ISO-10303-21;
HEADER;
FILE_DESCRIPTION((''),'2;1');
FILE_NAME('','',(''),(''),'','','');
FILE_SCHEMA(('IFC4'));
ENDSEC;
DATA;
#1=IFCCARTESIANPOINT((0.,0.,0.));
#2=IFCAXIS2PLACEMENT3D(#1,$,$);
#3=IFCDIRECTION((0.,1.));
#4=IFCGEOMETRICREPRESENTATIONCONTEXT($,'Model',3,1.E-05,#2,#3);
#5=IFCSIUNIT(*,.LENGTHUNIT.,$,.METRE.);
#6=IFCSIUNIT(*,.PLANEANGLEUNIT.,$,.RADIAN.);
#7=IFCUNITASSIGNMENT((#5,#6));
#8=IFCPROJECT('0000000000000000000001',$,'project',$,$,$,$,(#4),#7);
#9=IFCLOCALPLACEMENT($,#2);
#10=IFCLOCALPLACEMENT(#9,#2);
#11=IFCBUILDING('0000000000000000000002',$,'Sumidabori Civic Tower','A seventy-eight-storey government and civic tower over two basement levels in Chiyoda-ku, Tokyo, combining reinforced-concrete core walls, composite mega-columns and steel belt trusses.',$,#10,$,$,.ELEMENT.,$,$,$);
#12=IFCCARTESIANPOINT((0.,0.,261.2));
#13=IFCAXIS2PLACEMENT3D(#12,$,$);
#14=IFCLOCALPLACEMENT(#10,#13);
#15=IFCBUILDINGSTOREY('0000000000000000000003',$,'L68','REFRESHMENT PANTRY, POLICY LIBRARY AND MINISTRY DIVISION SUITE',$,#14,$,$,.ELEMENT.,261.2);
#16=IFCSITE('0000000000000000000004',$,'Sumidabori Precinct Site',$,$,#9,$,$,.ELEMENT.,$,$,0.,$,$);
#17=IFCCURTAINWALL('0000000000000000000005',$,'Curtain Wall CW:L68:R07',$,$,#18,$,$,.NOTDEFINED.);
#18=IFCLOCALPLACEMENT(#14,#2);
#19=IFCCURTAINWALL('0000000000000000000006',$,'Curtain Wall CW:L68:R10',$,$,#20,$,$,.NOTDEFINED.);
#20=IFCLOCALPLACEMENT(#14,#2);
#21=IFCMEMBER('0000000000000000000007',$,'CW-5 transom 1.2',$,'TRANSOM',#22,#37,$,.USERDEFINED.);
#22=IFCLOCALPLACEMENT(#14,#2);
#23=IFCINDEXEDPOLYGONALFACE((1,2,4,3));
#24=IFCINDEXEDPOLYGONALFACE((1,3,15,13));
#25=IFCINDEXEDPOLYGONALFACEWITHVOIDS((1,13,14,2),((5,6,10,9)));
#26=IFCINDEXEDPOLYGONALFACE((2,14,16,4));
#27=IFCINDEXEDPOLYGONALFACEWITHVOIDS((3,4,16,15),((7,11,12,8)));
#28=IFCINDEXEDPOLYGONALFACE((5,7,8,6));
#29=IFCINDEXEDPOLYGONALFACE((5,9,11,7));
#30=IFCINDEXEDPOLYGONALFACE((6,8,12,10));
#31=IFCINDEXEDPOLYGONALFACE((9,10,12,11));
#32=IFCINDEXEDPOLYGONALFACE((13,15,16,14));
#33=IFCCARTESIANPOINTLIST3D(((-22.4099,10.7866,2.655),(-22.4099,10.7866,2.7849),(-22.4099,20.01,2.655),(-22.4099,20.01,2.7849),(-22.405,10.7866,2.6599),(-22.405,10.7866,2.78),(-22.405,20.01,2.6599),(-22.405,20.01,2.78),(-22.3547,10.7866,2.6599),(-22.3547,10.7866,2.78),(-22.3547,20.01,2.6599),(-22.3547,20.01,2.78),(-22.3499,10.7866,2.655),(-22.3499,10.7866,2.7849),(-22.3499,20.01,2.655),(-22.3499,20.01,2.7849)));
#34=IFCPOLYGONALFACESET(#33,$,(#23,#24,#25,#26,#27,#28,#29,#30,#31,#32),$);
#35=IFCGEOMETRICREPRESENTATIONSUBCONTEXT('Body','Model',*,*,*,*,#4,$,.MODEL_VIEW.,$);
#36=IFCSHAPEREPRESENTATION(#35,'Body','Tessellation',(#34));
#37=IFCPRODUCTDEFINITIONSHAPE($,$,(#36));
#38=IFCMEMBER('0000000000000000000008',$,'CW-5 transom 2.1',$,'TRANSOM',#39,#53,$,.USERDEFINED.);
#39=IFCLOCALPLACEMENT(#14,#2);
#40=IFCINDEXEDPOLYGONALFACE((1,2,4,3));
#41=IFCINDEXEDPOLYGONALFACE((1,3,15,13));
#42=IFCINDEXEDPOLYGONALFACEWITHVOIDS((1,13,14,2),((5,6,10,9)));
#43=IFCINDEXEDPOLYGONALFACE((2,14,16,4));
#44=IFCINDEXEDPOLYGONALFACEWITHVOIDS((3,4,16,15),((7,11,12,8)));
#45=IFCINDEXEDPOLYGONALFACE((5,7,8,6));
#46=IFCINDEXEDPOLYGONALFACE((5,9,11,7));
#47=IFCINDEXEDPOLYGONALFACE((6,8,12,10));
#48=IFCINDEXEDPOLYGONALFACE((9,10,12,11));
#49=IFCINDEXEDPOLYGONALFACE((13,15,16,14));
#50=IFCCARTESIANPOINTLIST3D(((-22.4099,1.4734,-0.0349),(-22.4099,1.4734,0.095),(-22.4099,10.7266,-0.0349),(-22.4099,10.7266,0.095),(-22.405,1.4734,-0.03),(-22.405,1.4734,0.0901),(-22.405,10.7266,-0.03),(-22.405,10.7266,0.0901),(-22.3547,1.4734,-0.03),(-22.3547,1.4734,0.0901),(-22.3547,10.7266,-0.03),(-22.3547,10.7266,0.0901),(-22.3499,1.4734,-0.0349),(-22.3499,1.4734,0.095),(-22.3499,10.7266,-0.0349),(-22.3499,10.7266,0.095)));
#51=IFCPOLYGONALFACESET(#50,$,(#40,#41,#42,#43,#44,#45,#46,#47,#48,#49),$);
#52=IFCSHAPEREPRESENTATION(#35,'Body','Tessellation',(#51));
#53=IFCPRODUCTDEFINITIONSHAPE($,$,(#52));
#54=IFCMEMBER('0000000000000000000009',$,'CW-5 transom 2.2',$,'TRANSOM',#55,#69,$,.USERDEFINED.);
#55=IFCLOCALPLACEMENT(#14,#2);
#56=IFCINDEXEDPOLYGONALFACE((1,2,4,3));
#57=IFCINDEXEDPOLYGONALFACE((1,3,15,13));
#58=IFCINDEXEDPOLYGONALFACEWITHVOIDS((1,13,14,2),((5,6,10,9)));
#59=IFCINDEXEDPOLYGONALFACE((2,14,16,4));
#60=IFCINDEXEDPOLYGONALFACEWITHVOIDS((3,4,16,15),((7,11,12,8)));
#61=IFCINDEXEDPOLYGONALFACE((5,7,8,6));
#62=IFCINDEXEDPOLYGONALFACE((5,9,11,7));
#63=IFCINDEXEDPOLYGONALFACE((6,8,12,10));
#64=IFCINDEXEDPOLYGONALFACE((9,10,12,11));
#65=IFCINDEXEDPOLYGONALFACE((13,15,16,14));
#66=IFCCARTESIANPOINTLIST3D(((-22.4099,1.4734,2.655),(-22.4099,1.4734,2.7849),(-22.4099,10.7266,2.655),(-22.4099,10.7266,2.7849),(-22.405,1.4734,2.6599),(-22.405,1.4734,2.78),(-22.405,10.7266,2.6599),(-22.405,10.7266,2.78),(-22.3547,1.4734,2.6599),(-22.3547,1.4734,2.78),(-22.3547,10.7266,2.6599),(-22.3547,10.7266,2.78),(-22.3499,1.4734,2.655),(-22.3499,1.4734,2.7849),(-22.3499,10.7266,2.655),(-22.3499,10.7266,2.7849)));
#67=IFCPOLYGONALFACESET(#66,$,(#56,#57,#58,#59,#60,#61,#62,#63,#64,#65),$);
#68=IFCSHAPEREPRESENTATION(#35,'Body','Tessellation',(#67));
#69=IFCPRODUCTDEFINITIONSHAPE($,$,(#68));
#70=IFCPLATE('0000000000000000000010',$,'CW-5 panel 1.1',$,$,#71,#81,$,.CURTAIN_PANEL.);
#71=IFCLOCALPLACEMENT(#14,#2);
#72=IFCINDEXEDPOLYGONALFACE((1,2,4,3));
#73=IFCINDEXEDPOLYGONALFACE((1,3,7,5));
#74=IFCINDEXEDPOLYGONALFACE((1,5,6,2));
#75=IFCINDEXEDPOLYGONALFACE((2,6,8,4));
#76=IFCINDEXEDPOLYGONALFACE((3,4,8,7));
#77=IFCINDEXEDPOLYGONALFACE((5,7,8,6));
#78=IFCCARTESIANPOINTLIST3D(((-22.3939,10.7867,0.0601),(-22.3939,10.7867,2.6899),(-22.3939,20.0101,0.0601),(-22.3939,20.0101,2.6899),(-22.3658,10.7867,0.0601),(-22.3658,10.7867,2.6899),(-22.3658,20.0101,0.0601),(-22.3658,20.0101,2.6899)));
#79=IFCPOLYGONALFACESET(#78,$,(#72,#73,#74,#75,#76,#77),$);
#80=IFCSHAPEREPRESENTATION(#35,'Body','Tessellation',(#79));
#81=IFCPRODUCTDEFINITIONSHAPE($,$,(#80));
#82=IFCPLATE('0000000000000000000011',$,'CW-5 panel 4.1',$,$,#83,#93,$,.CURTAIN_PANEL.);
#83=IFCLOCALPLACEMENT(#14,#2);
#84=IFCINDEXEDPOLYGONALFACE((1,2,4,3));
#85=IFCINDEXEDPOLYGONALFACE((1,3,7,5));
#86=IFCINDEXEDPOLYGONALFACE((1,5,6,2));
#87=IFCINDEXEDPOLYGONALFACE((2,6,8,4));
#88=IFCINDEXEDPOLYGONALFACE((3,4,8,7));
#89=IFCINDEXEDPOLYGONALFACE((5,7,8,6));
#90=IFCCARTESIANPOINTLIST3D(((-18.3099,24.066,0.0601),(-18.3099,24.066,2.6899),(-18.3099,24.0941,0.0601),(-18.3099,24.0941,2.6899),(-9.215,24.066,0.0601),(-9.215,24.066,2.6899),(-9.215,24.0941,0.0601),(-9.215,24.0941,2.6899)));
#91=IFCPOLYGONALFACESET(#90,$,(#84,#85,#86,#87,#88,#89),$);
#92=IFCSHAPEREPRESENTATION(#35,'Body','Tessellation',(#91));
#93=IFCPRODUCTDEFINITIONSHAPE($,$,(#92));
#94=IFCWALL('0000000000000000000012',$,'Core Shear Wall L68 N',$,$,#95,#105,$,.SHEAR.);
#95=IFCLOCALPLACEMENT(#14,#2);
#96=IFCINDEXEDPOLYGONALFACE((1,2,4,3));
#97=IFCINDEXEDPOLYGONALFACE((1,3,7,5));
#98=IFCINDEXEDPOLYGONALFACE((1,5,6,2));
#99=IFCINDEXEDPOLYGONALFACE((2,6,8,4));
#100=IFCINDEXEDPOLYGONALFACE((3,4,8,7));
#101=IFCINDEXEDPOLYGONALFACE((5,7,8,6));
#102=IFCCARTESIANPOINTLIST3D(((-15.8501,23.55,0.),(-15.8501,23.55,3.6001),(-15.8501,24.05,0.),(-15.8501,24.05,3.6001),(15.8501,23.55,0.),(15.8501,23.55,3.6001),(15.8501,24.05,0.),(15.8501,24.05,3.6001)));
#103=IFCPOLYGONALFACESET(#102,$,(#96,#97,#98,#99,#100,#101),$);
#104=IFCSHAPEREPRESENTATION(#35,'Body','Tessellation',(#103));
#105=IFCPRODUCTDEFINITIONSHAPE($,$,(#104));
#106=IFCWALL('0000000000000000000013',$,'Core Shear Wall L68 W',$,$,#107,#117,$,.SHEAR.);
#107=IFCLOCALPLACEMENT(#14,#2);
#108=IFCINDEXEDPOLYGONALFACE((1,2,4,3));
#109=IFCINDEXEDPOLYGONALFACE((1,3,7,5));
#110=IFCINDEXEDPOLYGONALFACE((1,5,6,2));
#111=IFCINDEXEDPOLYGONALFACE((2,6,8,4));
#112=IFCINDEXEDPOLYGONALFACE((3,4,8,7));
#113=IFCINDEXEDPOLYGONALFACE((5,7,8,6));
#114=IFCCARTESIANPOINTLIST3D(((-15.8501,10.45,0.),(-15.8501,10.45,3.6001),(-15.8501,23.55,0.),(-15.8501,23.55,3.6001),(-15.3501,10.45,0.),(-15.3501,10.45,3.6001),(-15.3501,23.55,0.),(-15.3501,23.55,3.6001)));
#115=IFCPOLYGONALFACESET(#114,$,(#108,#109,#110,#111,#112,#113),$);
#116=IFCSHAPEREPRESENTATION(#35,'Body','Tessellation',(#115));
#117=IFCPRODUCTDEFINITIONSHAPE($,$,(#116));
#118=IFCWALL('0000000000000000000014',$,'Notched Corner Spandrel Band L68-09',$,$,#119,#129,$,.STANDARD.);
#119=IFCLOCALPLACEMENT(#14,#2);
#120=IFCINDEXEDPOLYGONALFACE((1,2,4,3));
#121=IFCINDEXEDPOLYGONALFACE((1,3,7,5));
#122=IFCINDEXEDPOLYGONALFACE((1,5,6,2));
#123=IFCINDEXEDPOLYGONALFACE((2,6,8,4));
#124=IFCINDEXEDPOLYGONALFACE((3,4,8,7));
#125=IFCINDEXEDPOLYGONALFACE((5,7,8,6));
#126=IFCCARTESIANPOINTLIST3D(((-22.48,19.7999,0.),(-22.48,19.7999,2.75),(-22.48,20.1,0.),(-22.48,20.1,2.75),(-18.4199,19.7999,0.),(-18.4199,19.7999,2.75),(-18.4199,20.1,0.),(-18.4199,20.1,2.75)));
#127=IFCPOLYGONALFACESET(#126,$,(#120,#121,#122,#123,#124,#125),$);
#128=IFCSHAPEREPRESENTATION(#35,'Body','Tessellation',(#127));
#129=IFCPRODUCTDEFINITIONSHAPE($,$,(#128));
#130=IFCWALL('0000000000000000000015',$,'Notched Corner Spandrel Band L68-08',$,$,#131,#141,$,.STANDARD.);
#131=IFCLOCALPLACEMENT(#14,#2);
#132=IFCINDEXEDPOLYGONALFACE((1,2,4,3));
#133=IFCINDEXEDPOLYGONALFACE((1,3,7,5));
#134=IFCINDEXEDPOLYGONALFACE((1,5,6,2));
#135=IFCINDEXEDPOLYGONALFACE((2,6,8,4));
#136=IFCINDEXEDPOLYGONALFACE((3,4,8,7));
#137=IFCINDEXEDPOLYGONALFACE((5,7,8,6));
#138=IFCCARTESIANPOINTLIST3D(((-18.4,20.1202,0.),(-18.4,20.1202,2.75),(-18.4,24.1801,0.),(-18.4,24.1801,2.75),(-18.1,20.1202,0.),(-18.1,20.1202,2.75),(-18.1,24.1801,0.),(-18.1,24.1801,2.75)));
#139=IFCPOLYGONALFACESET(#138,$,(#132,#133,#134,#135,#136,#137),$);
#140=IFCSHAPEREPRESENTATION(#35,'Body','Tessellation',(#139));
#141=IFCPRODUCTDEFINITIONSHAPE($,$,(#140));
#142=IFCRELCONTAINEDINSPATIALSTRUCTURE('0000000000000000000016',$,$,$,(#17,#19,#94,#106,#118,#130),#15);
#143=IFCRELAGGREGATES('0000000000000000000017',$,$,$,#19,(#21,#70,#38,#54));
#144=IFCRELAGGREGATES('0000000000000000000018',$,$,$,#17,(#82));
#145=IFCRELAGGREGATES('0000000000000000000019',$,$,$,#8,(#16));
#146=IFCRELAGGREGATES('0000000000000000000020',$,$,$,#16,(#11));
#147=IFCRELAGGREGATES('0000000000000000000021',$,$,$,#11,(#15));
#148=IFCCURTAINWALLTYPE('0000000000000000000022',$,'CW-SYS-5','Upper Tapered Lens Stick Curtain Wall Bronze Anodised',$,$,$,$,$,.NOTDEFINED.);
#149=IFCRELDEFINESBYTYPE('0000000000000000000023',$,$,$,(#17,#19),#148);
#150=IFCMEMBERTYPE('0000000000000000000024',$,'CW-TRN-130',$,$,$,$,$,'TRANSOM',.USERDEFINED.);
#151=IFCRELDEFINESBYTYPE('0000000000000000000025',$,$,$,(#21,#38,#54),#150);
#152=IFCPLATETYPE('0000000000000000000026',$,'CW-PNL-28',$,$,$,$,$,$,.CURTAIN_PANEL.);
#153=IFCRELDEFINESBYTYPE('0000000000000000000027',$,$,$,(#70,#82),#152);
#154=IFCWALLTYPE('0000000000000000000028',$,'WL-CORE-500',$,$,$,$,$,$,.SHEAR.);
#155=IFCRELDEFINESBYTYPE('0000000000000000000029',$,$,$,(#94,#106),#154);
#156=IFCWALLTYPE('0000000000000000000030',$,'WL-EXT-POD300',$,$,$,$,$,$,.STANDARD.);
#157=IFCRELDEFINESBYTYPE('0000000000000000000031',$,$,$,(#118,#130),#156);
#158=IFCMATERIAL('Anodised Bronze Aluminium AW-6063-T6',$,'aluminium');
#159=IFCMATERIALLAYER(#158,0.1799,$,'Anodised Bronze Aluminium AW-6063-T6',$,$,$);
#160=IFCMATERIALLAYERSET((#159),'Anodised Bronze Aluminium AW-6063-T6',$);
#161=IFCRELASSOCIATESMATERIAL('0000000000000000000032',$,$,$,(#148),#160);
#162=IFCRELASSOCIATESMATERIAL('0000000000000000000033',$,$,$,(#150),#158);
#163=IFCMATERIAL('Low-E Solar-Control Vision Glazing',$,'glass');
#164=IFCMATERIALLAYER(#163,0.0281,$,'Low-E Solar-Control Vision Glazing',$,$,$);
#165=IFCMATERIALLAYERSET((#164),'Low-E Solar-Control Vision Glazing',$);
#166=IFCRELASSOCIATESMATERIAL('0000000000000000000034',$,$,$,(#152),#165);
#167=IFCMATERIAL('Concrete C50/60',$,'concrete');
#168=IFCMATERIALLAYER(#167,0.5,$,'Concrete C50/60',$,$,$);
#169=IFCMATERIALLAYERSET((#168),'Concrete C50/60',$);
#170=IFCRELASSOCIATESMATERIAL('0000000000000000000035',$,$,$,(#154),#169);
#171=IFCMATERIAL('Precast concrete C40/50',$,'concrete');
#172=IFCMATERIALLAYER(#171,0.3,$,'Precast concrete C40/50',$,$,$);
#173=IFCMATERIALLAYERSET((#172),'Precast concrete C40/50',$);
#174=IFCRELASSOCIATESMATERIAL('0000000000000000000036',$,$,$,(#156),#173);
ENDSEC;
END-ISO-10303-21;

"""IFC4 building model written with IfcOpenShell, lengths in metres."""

from ifc_helpers import new_model, si_unit, direction, frame, frame_2d, origin, origin_2d, place, context, subcontext, project, spatial, rectangle, hollow_rectangle, extrude, source, transform, mapped, material, layer, layer_set, material_profile, profile_set, type_object, element, aggregate, save


model = new_model("IFC4")

# Units and contexts
model_context = context("Model", 3, precision=1e-05, world=origin(), true_north=direction((0.0, 1.0)))
body_context = subcontext(model_context, "Body", "Model", "MODEL_VIEW")
ifc_project = project(units=[si_unit("LENGTHUNIT", "METRE"), si_unit("PLANEANGLEUNIT", "RADIAN")], contexts=[model_context])

# Site, building, storey
site_placement = place(None, origin())
site = spatial("IfcSite", under=ifc_project, at=site_placement, Name="Sumidabori Precinct Site", CompositionType="ELEMENT", RefElevation=0.0)
building_placement = place(site_placement, origin())
building = spatial("IfcBuilding", under=site, at=building_placement, Name="Sumidabori Civic Tower", Description="A seventy-eight-storey government and civic tower over two basement levels in Chiyoda-ku, Tokyo, combining reinforced-concrete core walls, composite mega-columns and steel belt trusses.", CompositionType="ELEMENT")
storey_placement = place(building_placement, frame((0.0, 0.0, 261.2)))
storey = spatial("IfcBuildingStorey", under=building, at=storey_placement, Name="L68", Description="REFRESHMENT PANTRY, POLICY LIBRARY AND MINISTRY DIVISION SUITE", CompositionType="ELEMENT", Elevation=261.2)

# Curtain wall
ifc_material_1 = material(Name="Anodised Bronze Aluminium AW-6063-T6", Category="aluminium")
ifc_layer_1 = layer(ifc_material_1, 0.1799, Name="Anodised Bronze Aluminium AW-6063-T6")
ifc_layer_set_1 = layer_set([ifc_layer_1], Name="Anodised Bronze Aluminium AW-6063-T6")
curtain_wall_type = type_object("IfcCurtainWallType", Name="CW-SYS-5", Description="Upper Tapered Lens Stick Curtain Wall Bronze Anodised", PredefinedType="NOTDEFINED", material=ifc_layer_set_1)
curtain_wall_1_placement = place(storey_placement, origin())
curtain_wall_1 = element("IfcCurtainWall", 1, at=curtain_wall_1_placement, inside=storey, type_object=curtain_wall_type, Name="Curtain Wall CW:L68:R07", PredefinedType="NOTDEFINED")

# Curtain wall, members, plate
curtain_wall_2_placement = place(storey_placement, origin())
curtain_wall_2 = element("IfcCurtainWall", 2, at=curtain_wall_2_placement, inside=storey, type_object=curtain_wall_type, Name="Curtain Wall CW:L68:R10", PredefinedType="NOTDEFINED")
ifc_material_profile_1 = material_profile(ifc_material_1, hollow_rectangle(XDim=0.0601, YDim=0.1299, WallThickness=0.0049, at=origin_2d()), Name="ALU TRANSOM 130x60")
ifc_profile_set_1 = profile_set([ifc_material_profile_1], Name="Anodised Bronze Aluminium AW-6063-T6")
member_type_1 = type_object("IfcMemberType", Name="CW-TRN-130", ElementType="TRANSOM", PredefinedType="USERDEFINED", material=ifc_profile_set_1)
shared_shape_1 = source(origin(), body_context, "Body", "SweptSolid", [
    extrude(hollow_rectangle(XDim=0.0601, YDim=0.1299, WallThickness=0.0049, at=origin_2d()), origin(), (0.0, 0.0, 1.0), 9.2234),
])
member_1_placement = place(storey_placement, frame((-22.3799, 20.01, 2.72), z_axis=(0.0, -1.0, 0.0), x_axis=(1.0, 0.0, 0.0)))
member_1 = element("IfcMember", 3, at=member_1_placement, type_object=member_type_1, Name="CW-5 transom 1.2", ObjectType="TRANSOM", PredefinedType="USERDEFINED", context=body_context, shape_type="MappedRepresentation", body=[
    mapped(shared_shape_1, transform((0.0, 0.0, 0.0), x_axis=(1.0, 0.0, 0.0), y_axis=(0.0, 1.0, 0.0), z_axis=(0.0, 0.0, 1.0), scale=1.0)),
])
shared_shape_2 = source(origin(), body_context, "Body", "SweptSolid", [
    extrude(hollow_rectangle(XDim=0.0601, YDim=0.1299, WallThickness=0.0049, at=origin_2d()), origin(), (0.0, 0.0, 1.0), 9.2532),
])
member_2_placement = place(storey_placement, frame((-22.3799, 10.7266, 0.03), z_axis=(0.0, -1.0, 0.0), x_axis=(1.0, 0.0, 0.0)))
member_2 = element("IfcMember", 4, at=member_2_placement, type_object=member_type_1, Name="CW-5 transom 2.1", ObjectType="TRANSOM", PredefinedType="USERDEFINED", context=body_context, shape_type="MappedRepresentation", body=[
    mapped(shared_shape_2, transform((0.0, 0.0, 0.0), x_axis=(1.0, 0.0, 0.0), y_axis=(0.0, 1.0, 0.0), z_axis=(0.0, 0.0, 1.0), scale=1.0)),
])
member_3_placement = place(storey_placement, frame((-22.3799, 10.7266, 2.72), z_axis=(0.0, -1.0, 0.0), x_axis=(1.0, 0.0, 0.0)))
member_3 = element("IfcMember", 5, at=member_3_placement, type_object=member_type_1, Name="CW-5 transom 2.2", ObjectType="TRANSOM", PredefinedType="USERDEFINED", context=body_context, shape_type="MappedRepresentation", body=[
    mapped(shared_shape_2, transform((0.0, 0.0, 0.0), x_axis=(1.0, 0.0, 0.0), y_axis=(0.0, 1.0, 0.0), z_axis=(0.0, 0.0, 1.0), scale=1.0)),
])
ifc_material_2 = material(Name="Low-E Solar-Control Vision Glazing", Category="glass")
ifc_layer_2 = layer(ifc_material_2, 0.0281, Name="Low-E Solar-Control Vision Glazing")
ifc_layer_set_2 = layer_set([ifc_layer_2], Name="Low-E Solar-Control Vision Glazing")
plate_type = type_object("IfcPlateType", Name="CW-PNL-28", PredefinedType="CURTAIN_PANEL", material=ifc_layer_set_2)
shared_shape_3 = source(origin(), body_context, "Body", "SweptSolid", [
    extrude(rectangle(XDim=9.2234, YDim=0.0281, at=origin_2d()), origin(), (0.0, 0.0, 1.0), 2.6299),
])
plate_1_placement = place(storey_placement, frame((-22.3799, 15.3984, 0.0601), z_axis=(0.0, 0.0, 1.0), x_axis=(0.0, -1.0, 0.0)))
plate_1 = element("IfcPlate", 6, at=plate_1_placement, type_object=plate_type, Name="CW-5 panel 1.1", PredefinedType="CURTAIN_PANEL", context=body_context, shape_type="MappedRepresentation", body=[
    mapped(shared_shape_3, transform((0.0, 0.0, 0.0), x_axis=(1.0, 0.0, 0.0), y_axis=(0.0, 1.0, 0.0), z_axis=(0.0, 0.0, 1.0), scale=1.0)),
])
aggregate(curtain_wall_2, [member_1, plate_1, member_2, member_3])

# Plate
shared_shape_4 = source(origin(), body_context, "Body", "SweptSolid", [
    extrude(rectangle(XDim=9.095, YDim=0.0281, at=origin_2d()), origin(), (0.0, 0.0, 1.0), 2.6299),
])
plate_2_placement = place(storey_placement, frame((-13.7625, 24.0801, 0.0601), z_axis=(0.0, 0.0, 1.0), x_axis=(-1.0, 0.0, 0.0)))
plate_2 = element("IfcPlate", 7, at=plate_2_placement, type_object=plate_type, Name="CW-5 panel 4.1", PredefinedType="CURTAIN_PANEL", context=body_context, shape_type="MappedRepresentation", body=[
    mapped(shared_shape_4, transform((0.0, 0.0, 0.0), x_axis=(1.0, 0.0, 0.0), y_axis=(0.0, 1.0, 0.0), z_axis=(0.0, 0.0, 1.0), scale=1.0)),
])
aggregate(curtain_wall_1, [plate_2])

# Wall
ifc_material_3 = material(Name="Concrete C50/60", Category="concrete")
ifc_layer_3 = layer(ifc_material_3, 0.5, Name="Concrete C50/60")
ifc_layer_set_3 = layer_set([ifc_layer_3], Name="Concrete C50/60")
wall_type_1 = type_object("IfcWallType", Name="WL-CORE-500", PredefinedType="SHEAR", material=ifc_layer_set_3)
shared_shape_5 = source(origin(), body_context, "Body", "SweptSolid", [
    extrude(rectangle(XDim=31.7002, YDim=0.5, at=frame_2d((15.8501, 0.0))), origin(), (0.0, 0.0, 1.0), 3.6001),
])
wall_1_placement = place(storey_placement, frame((-15.8501, 23.8, 0.0), z_axis=(0.0, 0.0, 1.0), x_axis=(1.0, 0.0, 0.0)))
element("IfcWall", 8, at=wall_1_placement, inside=storey, type_object=wall_type_1, Name="Core Shear Wall L68 N", PredefinedType="SHEAR", context=body_context, shape_type="MappedRepresentation", body=[
    mapped(shared_shape_5, transform((0.0, 0.0, 0.0), x_axis=(1.0, 0.0, 0.0), y_axis=(0.0, 1.0, 0.0), z_axis=(0.0, 0.0, 1.0), scale=1.0)),
])

# Wall
shared_shape_6 = source(origin(), body_context, "Body", "SweptSolid", [
    extrude(rectangle(XDim=13.1001, YDim=0.5, at=frame_2d((6.55, 0.0))), origin(), (0.0, 0.0, 1.0), 3.6001),
])
wall_2_placement = place(storey_placement, frame((-15.6001, 10.45, 0.0), z_axis=(0.0, 0.0, 1.0), x_axis=(0.0, 1.0, 0.0)))
element("IfcWall", 9, at=wall_2_placement, inside=storey, type_object=wall_type_1, Name="Core Shear Wall L68 W", PredefinedType="SHEAR", context=body_context, shape_type="MappedRepresentation", body=[
    mapped(shared_shape_6, transform((0.0, 0.0, 0.0), x_axis=(1.0, 0.0, 0.0), y_axis=(0.0, 1.0, 0.0), z_axis=(0.0, 0.0, 1.0), scale=1.0)),
])

# Walls
ifc_material_4 = material(Name="Precast concrete C40/50", Category="concrete")
ifc_layer_4 = layer(ifc_material_4, 0.3, Name="Precast concrete C40/50")
ifc_layer_set_4 = layer_set([ifc_layer_4], Name="Precast concrete C40/50")
wall_type_2 = type_object("IfcWallType", Name="WL-EXT-POD300", PredefinedType="STANDARD", material=ifc_layer_set_4)
shared_shape_7 = source(origin(), body_context, "Body", "SweptSolid", [
    extrude(rectangle(XDim=4.0601, YDim=0.3, at=frame_2d((2.03, 0.0))), origin(), (0.0, 0.0, 1.0), 2.75),
])
wall_3_placement = place(storey_placement, frame((-18.4199, 19.95, 0.0), z_axis=(0.0, 0.0, 1.0), x_axis=(-1.0, 0.0, 0.0)))
element("IfcWall", 10, at=wall_3_placement, inside=storey, type_object=wall_type_2, Name="Notched Corner Spandrel Band L68-09", PredefinedType="STANDARD", context=body_context, shape_type="MappedRepresentation", body=[
    mapped(shared_shape_7, transform((0.0, 0.0, 0.0), x_axis=(1.0, 0.0, 0.0), y_axis=(0.0, 1.0, 0.0), z_axis=(0.0, 0.0, 1.0), scale=1.0)),
])
shared_shape_8 = source(origin(), body_context, "Body", "SweptSolid", [
    extrude(rectangle(XDim=4.0598, YDim=0.3, at=frame_2d((2.0298, 0.0))), origin(), (0.0, 0.0, 1.0), 2.75),
])
wall_4_placement = place(storey_placement, frame((-18.25, 24.1799, 0.0), z_axis=(0.0, 0.0, 1.0), x_axis=(0.0, -1.0, 0.0)))
element("IfcWall", 11, at=wall_4_placement, inside=storey, type_object=wall_type_2, Name="Notched Corner Spandrel Band L68-08", PredefinedType="STANDARD", context=body_context, shape_type="MappedRepresentation", body=[
    mapped(shared_shape_8, transform((0.0, 0.0, 0.0), x_axis=(1.0, 0.0, 0.0), y_axis=(0.0, 1.0, 0.0), z_axis=(0.0, 0.0, 1.0), scale=1.0)),
])

save(model, "model.ifc")
